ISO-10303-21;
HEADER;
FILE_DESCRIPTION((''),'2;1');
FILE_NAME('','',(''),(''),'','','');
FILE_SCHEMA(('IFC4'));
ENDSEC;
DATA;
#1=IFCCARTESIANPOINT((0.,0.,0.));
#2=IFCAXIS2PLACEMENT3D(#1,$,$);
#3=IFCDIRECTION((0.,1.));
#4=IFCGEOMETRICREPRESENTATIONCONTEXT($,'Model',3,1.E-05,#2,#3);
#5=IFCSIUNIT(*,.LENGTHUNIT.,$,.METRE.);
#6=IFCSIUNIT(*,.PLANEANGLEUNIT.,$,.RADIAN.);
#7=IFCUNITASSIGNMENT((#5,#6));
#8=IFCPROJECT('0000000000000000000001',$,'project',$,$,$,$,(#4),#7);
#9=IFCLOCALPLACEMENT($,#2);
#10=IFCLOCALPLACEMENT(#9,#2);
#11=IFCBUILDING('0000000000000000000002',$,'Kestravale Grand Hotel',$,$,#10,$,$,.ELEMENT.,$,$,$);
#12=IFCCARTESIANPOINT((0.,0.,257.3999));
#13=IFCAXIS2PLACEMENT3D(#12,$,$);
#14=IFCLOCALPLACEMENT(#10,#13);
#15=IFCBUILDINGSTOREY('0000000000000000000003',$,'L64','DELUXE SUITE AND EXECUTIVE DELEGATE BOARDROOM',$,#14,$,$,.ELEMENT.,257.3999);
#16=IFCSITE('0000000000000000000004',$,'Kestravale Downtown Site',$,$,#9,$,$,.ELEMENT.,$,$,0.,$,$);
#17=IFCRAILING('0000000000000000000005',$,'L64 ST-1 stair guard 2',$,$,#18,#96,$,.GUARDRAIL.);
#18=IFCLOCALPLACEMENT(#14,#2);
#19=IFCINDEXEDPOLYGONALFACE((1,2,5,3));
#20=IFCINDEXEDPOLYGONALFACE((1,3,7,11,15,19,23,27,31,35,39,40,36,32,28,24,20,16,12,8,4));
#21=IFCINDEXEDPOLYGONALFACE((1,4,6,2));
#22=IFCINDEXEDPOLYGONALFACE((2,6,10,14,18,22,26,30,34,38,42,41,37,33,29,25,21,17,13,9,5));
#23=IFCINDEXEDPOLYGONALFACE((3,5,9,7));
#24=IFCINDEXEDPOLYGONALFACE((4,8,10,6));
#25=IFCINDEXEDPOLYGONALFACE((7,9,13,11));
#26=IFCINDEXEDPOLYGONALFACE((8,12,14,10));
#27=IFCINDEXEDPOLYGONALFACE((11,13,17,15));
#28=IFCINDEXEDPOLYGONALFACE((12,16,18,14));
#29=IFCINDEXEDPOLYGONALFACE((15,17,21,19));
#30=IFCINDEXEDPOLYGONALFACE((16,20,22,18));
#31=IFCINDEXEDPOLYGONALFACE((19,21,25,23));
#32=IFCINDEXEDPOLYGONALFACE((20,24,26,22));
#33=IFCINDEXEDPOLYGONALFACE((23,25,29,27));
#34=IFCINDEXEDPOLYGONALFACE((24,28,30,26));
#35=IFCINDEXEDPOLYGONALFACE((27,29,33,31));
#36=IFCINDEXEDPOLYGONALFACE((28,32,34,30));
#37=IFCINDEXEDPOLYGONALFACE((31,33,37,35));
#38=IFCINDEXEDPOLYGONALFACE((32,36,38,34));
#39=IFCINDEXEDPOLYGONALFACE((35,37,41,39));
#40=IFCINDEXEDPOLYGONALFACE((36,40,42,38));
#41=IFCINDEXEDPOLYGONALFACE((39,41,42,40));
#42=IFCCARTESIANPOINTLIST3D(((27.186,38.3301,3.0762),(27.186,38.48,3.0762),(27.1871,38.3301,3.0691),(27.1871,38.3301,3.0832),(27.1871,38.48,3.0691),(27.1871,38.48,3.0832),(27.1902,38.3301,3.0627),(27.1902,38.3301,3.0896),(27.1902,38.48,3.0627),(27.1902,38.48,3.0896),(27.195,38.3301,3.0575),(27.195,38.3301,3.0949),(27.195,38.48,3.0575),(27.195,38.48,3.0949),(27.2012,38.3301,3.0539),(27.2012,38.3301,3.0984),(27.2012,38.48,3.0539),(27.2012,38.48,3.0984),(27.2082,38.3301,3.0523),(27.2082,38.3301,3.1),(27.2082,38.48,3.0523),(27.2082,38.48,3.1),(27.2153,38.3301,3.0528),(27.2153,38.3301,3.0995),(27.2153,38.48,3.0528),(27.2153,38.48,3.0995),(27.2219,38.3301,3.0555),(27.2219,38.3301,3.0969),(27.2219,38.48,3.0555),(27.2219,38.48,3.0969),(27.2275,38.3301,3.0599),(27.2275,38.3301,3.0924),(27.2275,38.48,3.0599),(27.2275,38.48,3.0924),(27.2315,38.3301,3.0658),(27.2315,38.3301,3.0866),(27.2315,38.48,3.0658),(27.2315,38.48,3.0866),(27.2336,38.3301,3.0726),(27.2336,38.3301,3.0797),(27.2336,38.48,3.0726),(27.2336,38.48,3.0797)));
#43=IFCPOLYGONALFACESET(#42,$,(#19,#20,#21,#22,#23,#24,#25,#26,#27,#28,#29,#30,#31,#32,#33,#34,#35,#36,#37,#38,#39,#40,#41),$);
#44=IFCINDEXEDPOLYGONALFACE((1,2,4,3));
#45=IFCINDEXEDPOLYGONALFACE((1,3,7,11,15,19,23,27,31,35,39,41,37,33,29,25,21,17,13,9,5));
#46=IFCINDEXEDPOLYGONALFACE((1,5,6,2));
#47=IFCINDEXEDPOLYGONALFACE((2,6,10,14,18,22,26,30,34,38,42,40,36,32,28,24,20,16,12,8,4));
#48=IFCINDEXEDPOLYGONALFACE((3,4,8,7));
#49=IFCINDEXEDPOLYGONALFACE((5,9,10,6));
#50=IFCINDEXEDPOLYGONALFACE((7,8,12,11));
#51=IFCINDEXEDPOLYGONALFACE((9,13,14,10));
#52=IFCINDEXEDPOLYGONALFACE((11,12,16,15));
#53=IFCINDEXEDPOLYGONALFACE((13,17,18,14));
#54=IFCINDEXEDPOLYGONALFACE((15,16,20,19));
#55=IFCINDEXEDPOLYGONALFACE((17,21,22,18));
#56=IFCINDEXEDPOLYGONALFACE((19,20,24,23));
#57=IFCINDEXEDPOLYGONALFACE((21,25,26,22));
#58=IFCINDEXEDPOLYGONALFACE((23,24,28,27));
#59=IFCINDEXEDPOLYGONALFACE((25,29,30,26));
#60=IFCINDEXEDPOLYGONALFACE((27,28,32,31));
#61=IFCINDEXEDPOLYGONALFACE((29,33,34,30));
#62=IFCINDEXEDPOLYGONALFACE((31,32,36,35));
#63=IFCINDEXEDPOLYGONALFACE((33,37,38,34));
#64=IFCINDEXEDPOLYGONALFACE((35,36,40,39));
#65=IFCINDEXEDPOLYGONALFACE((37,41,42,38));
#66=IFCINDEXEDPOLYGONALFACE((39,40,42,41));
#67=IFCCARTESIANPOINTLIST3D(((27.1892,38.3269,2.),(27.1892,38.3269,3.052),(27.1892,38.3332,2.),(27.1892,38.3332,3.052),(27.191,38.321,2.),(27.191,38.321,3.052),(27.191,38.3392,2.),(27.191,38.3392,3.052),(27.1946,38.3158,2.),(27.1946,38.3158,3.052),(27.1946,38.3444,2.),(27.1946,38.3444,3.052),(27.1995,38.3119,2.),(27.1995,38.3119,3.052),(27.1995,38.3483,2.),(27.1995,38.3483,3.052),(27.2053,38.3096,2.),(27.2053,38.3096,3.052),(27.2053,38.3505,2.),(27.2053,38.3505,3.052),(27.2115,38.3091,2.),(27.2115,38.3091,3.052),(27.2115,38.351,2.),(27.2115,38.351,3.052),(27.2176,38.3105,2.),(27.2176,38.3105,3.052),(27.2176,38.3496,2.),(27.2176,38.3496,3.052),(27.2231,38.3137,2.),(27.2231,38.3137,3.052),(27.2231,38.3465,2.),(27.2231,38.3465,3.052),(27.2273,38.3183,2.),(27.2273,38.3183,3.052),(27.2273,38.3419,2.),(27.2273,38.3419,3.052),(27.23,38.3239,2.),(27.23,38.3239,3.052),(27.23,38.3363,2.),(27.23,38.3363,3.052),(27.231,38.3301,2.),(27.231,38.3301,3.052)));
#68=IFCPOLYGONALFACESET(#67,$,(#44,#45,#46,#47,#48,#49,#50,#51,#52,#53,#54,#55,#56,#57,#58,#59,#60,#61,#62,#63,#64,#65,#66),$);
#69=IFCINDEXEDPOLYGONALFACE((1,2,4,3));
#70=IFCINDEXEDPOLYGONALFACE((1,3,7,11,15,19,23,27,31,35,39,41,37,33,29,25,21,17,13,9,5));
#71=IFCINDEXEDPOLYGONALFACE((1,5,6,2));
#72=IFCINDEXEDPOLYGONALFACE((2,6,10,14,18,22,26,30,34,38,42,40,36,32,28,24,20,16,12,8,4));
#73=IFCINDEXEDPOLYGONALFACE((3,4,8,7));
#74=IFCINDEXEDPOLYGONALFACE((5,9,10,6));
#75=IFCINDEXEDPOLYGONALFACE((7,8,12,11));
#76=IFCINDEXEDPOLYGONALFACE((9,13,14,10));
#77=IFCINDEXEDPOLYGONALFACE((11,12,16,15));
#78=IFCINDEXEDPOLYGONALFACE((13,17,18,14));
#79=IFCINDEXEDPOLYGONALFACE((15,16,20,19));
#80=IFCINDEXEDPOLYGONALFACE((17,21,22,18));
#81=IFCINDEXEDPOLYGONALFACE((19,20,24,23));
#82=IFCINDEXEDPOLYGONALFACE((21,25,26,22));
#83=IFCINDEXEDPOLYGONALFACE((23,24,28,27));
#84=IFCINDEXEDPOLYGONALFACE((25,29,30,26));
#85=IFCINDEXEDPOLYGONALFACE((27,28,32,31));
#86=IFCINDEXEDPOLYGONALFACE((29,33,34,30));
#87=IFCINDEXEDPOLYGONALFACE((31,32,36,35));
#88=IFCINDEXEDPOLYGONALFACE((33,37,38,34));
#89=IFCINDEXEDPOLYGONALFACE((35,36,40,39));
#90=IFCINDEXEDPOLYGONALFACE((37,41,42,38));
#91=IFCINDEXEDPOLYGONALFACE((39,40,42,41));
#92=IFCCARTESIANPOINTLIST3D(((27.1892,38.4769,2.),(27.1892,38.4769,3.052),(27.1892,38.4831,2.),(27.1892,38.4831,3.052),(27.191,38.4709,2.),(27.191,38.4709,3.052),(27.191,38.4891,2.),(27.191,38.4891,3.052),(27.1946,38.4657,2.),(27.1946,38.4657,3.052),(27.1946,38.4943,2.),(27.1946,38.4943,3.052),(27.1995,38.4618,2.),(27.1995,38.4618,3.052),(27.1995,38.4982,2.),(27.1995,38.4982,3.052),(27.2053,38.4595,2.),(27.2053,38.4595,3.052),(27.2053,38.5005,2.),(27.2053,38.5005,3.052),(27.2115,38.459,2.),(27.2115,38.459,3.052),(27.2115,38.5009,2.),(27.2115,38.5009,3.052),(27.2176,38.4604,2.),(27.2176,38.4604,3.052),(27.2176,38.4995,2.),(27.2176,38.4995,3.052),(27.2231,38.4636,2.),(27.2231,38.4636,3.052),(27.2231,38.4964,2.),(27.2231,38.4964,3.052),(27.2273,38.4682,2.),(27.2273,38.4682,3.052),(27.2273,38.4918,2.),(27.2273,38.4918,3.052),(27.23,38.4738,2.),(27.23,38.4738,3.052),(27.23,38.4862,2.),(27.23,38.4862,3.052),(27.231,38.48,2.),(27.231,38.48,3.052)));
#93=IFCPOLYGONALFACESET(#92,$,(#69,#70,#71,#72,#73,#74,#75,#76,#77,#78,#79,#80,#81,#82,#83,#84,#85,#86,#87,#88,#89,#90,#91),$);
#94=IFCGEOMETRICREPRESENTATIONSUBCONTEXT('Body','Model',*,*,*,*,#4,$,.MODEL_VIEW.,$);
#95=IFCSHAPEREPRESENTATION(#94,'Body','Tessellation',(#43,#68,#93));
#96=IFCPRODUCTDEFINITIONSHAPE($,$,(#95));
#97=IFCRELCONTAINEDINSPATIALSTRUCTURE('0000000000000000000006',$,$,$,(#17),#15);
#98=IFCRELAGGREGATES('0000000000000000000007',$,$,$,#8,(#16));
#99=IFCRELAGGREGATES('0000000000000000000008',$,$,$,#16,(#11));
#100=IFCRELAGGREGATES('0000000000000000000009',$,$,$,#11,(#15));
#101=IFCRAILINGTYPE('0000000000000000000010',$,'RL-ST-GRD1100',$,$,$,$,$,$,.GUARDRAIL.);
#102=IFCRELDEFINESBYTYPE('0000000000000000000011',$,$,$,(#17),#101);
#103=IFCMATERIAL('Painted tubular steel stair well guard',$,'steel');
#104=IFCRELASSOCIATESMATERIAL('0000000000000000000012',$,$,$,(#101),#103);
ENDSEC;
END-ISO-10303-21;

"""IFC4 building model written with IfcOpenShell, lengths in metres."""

from ifc_helpers import new_model, si_unit, direction, frame, origin, origin_2d, place, context, subcontext, project, spatial, circle, extrude, material, type_object, element, save


model = new_model("IFC4")

# Units and contexts
model_context = context("Model", 3, precision=1e-05, world=origin(), true_north=direction((0.0, 1.0)))
body_context = subcontext(model_context, "Body", "Model", "MODEL_VIEW")
ifc_project = project(units=[si_unit("LENGTHUNIT", "METRE"), si_unit("PLANEANGLEUNIT", "RADIAN")], contexts=[model_context])

# Site, building, storey
site_placement = place(None, origin())
site = spatial("IfcSite", under=ifc_project, at=site_placement, Name="Kestravale Downtown Site", CompositionType="ELEMENT", RefElevation=0.0)
building_placement = place(site_placement, origin())
building = spatial("IfcBuilding", under=site, at=building_placement, Name="Kestravale Grand Hotel", CompositionType="ELEMENT")
storey_placement = place(building_placement, frame((0.0, 0.0, 257.3999)))
storey = spatial("IfcBuildingStorey", under=building, at=storey_placement, Name="L64", Description="DELUXE SUITE AND EXECUTIVE DELEGATE BOARDROOM", CompositionType="ELEMENT", Elevation=257.3999)

# Railing
ifc_material_1 = material(Name="Painted tubular steel stair well guard", Category="steel")
railing_type_1 = type_object("IfcRailingType", Name="RL-ST-GRD1100", PredefinedType="GUARDRAIL", material=ifc_material_1)
railing_1_placement = place(storey_placement, frame((27.21, 38.3301, 2.0)))
element("IfcRailing", 1, at=railing_1_placement, inside=storey, type_object=railing_type_1, Name="L64 ST-1 stair guard 2", PredefinedType="GUARDRAIL", context=body_context, shape_type="SweptSolid", body=[
    extrude(circle(Radius=0.0239, at=origin_2d()), frame((0.0, 0.0, 1.0762), z_axis=(0.0, 1.0, 0.0), x_axis=(-1.0, 0.0, 0.0)), (0.0, 0.0, 1.0), 0.1499),
    extrude(circle(Radius=0.021, at=origin_2d()), origin(), (0.0, 0.0, 1.0), 1.052),
    extrude(circle(Radius=0.021, at=origin_2d()), frame((0.0, 0.1499, 0.0)), (0.0, 0.0, 1.0), 1.052),
])

save(model, "model.ifc")
